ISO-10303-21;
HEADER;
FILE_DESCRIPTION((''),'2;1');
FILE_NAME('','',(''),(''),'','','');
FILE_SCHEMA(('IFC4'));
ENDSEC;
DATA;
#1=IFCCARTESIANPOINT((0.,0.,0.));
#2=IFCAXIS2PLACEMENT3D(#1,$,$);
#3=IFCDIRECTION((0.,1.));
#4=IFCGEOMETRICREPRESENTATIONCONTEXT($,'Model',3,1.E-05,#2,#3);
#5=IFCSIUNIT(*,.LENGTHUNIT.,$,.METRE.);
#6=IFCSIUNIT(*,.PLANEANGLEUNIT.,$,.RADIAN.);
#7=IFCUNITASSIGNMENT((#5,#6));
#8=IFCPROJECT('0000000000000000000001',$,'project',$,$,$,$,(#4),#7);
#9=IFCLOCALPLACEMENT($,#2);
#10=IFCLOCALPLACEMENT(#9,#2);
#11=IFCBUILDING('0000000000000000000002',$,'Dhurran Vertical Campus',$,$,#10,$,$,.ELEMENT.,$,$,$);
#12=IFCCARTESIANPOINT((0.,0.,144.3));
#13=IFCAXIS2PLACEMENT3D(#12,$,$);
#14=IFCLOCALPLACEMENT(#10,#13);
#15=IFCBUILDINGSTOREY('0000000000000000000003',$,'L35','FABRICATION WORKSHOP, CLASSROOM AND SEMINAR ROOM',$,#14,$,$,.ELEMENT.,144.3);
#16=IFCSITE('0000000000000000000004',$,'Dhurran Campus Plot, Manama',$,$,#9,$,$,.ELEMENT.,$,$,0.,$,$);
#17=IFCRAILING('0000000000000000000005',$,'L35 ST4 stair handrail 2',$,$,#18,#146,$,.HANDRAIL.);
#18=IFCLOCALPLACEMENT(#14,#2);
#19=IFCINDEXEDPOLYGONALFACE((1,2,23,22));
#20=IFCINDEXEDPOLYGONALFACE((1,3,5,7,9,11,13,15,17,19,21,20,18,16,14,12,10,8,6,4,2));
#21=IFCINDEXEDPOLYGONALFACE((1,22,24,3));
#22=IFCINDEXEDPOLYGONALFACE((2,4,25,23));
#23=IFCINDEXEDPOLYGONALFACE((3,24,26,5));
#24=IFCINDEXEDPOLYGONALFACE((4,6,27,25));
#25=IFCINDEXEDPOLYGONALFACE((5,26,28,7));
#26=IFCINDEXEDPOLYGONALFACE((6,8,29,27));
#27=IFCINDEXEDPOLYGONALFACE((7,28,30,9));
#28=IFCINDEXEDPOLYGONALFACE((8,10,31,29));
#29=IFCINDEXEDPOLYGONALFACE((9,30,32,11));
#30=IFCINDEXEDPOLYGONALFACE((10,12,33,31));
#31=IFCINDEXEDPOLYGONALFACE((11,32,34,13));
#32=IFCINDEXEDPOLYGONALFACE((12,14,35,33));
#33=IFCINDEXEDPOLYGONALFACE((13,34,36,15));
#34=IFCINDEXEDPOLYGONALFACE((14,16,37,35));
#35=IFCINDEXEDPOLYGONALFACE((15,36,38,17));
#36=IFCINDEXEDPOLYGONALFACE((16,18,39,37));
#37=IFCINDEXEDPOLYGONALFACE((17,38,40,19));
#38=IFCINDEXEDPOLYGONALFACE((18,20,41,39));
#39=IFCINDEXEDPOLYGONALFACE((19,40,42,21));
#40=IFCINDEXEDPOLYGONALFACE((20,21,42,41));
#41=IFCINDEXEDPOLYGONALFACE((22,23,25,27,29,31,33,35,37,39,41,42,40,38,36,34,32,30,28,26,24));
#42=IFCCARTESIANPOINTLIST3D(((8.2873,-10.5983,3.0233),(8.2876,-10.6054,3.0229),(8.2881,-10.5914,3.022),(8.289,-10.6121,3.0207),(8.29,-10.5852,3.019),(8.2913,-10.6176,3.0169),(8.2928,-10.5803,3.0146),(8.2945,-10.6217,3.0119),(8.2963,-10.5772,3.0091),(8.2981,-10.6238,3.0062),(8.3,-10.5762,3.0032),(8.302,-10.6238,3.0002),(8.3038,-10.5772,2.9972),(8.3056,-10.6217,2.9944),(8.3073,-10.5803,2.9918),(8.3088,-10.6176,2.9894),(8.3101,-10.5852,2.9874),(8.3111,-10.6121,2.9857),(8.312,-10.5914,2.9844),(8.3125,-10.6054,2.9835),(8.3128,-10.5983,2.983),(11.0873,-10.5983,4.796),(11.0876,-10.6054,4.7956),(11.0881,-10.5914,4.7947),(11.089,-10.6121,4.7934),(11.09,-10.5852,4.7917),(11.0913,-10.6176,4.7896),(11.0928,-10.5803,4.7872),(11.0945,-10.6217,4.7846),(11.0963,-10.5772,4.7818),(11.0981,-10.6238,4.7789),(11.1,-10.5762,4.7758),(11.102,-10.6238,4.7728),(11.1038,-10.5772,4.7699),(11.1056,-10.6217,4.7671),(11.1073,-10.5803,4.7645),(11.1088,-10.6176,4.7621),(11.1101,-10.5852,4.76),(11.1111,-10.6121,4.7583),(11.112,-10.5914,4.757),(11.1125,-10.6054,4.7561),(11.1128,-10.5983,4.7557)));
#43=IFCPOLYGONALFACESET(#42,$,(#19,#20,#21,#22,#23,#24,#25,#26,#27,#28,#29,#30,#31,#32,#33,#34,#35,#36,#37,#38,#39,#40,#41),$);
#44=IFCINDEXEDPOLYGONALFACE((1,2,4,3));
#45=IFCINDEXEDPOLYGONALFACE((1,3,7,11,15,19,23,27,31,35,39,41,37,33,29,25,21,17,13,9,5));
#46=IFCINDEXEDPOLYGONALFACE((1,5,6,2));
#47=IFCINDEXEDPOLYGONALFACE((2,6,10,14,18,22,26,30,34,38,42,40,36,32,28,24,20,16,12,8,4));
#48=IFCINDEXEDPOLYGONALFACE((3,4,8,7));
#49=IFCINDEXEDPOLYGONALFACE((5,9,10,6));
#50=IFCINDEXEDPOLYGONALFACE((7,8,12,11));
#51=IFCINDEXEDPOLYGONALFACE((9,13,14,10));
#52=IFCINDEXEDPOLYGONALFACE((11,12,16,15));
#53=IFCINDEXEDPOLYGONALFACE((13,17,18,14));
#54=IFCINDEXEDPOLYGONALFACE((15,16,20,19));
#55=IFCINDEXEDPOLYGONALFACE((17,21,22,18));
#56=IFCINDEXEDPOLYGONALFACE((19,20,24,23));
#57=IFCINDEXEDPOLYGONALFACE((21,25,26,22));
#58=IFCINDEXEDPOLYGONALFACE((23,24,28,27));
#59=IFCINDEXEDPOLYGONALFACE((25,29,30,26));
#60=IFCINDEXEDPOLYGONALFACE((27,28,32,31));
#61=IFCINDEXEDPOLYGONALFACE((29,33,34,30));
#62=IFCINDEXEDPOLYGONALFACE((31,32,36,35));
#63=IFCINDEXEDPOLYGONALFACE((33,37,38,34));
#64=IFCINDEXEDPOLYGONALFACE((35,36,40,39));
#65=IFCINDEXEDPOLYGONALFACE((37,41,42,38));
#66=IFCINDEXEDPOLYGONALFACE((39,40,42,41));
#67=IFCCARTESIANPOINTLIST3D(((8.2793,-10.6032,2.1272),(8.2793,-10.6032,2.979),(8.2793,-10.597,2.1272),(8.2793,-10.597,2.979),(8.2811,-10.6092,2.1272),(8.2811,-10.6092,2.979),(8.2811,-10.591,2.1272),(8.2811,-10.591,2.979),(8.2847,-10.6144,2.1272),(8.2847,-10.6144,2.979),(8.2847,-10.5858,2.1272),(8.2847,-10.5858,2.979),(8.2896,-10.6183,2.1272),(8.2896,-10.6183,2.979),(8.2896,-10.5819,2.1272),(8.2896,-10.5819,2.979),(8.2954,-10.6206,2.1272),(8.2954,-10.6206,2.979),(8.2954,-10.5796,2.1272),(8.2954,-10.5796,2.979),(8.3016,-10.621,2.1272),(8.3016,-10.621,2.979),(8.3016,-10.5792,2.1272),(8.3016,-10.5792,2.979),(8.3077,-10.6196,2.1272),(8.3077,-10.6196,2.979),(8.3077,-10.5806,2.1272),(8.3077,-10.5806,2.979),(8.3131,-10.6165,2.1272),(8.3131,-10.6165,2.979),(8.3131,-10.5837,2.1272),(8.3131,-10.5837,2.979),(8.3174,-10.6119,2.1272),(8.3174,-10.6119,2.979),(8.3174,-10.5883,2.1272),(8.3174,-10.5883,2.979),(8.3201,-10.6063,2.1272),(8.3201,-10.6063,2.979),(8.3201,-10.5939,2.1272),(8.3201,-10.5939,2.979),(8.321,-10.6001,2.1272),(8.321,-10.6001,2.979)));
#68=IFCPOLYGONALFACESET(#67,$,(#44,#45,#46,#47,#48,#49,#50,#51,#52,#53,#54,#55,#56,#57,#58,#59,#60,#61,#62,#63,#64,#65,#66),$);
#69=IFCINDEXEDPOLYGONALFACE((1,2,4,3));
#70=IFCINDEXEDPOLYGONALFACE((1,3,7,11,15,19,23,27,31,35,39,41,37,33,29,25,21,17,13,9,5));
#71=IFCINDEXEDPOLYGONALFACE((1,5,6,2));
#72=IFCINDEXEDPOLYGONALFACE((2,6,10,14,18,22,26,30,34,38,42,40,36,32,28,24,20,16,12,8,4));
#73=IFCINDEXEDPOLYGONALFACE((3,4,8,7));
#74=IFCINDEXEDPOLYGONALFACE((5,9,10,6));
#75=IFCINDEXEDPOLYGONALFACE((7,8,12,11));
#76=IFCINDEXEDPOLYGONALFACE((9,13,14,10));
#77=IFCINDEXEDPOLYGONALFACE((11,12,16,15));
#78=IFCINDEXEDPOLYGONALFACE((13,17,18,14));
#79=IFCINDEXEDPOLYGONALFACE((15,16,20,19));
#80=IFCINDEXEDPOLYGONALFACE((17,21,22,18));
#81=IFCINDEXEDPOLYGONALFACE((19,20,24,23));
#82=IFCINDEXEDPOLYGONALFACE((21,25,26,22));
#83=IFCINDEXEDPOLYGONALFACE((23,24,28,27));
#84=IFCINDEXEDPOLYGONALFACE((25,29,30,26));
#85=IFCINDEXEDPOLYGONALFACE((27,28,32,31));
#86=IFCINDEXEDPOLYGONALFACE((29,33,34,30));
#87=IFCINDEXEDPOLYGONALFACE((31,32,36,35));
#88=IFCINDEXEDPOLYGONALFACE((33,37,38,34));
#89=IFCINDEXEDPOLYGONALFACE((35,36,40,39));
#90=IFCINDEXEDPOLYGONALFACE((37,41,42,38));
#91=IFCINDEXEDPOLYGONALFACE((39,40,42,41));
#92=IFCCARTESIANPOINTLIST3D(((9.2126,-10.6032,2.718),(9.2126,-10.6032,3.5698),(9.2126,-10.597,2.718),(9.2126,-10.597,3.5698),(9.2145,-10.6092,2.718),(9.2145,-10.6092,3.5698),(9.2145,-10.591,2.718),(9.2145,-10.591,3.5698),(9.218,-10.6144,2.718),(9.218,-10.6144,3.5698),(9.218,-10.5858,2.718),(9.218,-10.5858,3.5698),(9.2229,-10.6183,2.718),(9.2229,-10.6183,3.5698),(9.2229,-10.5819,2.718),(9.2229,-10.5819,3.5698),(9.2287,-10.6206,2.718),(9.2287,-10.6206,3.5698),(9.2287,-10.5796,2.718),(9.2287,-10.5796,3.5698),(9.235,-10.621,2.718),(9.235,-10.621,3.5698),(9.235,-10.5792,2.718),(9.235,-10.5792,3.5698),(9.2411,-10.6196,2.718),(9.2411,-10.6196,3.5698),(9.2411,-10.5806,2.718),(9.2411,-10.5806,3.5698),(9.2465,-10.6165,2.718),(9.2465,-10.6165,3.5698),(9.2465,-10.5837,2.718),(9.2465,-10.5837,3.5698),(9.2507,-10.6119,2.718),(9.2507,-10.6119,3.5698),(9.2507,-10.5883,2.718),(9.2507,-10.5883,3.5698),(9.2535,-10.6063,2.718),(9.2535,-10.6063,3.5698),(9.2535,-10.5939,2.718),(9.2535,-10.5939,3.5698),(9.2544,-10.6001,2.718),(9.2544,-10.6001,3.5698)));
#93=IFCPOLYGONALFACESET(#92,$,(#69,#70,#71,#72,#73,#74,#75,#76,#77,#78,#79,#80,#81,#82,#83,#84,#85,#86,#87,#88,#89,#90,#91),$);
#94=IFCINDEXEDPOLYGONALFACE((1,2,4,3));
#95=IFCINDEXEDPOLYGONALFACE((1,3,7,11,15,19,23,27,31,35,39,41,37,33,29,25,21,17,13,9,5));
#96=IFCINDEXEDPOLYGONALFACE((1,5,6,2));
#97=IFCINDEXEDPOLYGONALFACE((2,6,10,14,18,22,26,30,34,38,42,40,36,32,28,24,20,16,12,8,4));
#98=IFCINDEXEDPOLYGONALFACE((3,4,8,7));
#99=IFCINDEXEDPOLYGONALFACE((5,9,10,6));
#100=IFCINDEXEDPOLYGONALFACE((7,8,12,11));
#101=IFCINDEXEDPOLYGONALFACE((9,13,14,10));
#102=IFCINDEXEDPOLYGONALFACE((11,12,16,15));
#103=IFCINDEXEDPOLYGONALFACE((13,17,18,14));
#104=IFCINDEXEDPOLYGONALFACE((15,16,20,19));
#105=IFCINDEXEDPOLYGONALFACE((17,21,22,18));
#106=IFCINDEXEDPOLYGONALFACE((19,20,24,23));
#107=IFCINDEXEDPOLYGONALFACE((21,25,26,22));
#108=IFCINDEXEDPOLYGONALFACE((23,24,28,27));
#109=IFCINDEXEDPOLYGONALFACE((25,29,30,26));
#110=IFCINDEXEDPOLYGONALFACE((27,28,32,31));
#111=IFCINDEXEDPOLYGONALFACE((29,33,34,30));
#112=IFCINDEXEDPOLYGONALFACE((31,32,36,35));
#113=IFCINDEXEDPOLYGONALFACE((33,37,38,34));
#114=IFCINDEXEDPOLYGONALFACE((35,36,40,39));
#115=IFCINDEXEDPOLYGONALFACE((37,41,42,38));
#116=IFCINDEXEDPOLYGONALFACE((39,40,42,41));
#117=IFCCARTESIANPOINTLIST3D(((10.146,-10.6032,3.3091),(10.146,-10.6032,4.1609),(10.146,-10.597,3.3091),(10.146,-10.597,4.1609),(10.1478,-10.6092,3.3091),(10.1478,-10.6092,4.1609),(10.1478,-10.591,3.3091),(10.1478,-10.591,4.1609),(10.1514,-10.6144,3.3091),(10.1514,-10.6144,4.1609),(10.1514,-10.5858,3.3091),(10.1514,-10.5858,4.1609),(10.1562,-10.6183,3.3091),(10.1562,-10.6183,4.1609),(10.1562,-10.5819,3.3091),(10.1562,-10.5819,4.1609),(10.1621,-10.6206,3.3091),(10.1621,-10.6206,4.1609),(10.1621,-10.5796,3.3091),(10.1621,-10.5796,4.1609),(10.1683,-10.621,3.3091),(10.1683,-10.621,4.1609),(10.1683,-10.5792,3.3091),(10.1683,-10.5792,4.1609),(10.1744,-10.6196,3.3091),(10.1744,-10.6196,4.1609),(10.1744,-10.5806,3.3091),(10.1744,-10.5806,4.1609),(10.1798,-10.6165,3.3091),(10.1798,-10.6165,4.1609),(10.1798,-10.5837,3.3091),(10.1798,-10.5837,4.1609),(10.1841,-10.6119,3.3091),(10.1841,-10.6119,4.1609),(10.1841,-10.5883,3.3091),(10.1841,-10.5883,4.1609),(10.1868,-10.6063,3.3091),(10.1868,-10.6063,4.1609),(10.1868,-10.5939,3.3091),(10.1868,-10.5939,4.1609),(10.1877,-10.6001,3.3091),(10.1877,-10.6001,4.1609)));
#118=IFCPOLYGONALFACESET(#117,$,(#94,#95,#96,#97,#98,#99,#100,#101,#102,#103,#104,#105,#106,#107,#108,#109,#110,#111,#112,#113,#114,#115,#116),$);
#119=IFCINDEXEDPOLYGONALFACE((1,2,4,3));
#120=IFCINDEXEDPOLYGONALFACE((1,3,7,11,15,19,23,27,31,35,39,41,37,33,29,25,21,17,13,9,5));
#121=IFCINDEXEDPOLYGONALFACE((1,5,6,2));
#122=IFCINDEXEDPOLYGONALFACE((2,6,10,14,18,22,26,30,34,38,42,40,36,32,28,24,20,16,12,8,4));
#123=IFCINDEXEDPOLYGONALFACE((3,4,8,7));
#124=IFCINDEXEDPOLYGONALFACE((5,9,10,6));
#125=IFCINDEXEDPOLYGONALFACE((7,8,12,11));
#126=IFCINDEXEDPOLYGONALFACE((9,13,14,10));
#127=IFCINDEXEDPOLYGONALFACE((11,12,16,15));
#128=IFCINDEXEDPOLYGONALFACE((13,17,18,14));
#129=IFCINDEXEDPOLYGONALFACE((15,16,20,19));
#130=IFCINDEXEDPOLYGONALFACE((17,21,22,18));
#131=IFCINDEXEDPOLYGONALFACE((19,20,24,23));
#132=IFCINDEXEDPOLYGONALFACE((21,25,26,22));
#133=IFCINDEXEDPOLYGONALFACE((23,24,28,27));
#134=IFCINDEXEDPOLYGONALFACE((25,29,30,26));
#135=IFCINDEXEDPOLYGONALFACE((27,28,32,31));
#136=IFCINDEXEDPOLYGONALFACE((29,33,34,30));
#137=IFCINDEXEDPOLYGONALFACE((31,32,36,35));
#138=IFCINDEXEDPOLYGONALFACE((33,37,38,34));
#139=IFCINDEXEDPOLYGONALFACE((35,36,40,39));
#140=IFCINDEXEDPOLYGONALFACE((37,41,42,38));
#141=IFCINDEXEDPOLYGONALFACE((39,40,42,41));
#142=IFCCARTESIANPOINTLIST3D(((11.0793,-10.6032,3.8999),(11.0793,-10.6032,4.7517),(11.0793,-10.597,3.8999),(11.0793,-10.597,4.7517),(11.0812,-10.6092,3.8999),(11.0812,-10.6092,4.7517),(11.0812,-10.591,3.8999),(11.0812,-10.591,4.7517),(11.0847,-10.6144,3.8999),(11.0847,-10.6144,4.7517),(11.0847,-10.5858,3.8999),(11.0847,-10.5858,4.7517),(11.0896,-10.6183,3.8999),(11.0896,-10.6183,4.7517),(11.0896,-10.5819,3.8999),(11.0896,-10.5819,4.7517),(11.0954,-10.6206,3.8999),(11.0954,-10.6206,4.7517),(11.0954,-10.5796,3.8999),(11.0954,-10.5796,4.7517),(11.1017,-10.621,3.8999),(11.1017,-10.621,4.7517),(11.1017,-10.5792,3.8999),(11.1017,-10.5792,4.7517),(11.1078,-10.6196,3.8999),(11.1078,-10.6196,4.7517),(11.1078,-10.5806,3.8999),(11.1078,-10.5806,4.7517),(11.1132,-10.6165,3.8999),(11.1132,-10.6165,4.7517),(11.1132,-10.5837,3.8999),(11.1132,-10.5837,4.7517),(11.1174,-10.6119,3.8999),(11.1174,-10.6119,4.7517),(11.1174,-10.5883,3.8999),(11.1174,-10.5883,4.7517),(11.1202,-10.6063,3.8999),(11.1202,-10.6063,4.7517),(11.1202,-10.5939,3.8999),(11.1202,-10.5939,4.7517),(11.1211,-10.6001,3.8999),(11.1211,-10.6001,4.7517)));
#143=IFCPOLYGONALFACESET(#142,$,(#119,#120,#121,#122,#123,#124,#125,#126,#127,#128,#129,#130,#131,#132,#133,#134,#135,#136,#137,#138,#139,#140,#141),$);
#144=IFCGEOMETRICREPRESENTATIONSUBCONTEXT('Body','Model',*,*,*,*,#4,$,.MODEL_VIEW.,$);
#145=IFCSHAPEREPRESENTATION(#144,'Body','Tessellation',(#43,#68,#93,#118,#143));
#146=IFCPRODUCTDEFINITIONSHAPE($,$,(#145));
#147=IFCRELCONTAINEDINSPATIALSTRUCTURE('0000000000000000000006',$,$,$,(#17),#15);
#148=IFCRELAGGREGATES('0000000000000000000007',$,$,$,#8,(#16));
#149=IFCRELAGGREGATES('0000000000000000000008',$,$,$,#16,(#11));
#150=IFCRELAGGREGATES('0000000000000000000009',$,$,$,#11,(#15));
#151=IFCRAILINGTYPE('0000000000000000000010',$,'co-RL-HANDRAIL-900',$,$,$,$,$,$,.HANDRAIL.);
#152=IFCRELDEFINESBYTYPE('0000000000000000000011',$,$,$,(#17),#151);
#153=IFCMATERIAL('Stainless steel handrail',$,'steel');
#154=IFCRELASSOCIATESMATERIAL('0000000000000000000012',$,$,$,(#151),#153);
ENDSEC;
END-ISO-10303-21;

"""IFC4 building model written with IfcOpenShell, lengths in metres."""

from ifc_helpers import new_model, si_unit, direction, frame, origin, origin_2d, place, context, subcontext, project, spatial, circle, extrude, material, type_object, element, save


model = new_model("IFC4")

# Units and contexts
model_context = context("Model", 3, precision=1e-05, world=origin(), true_north=direction((0.0, 1.0)))
body_context = subcontext(model_context, "Body", "Model", "MODEL_VIEW")
ifc_project = project(units=[si_unit("LENGTHUNIT", "METRE"), si_unit("PLANEANGLEUNIT", "RADIAN")], contexts=[model_context])

# Site, building, storey
site_placement = place(None, origin())
site = spatial("IfcSite", under=ifc_project, at=site_placement, Name="Dhurran Campus Plot, Manama", CompositionType="ELEMENT", RefElevation=0.0)
building_placement = place(site_placement, origin())
building = spatial("IfcBuilding", under=site, at=building_placement, Name="Dhurran Vertical Campus", CompositionType="ELEMENT")
storey_placement = place(building_placement, frame((0.0, 0.0, 144.3)))
storey = spatial("IfcBuildingStorey", under=building, at=storey_placement, Name="L35", Description="FABRICATION WORKSHOP, CLASSROOM AND SEMINAR ROOM", CompositionType="ELEMENT", Elevation=144.3)

# Railing
ifc_material_1 = material(Name="Stainless steel handrail", Category="steel")
railing_type = type_object("IfcRailingType", Name="co-RL-HANDRAIL-900", PredefinedType="HANDRAIL", material=ifc_material_1)
railing_placement = place(storey_placement, frame((8.3, -10.6001, 2.1272)))
element("IfcRailing", 1, at=railing_placement, inside=storey, type_object=railing_type, Name="L35 ST4 stair handrail 2", PredefinedType="HANDRAIL", context=body_context, shape_type="SweptSolid", body=[
    extrude(circle(Radius=0.0239, at=origin_2d()), frame((0.0, 0.0, 0.876), z_axis=(0.844909, 0.0, 0.53491), x_axis=(0.0, 1.0, 0.0)), (0.0, 0.0, 1.0), 3.314),
    extrude(circle(Radius=0.021, at=origin_2d()), origin(), (0.0, 0.0, 1.0), 0.8518),
    extrude(circle(Radius=0.021, at=origin_2d()), frame((0.9333, 0.0, 0.5908)), (0.0, 0.0, 1.0), 0.8518),
    extrude(circle(Radius=0.021, at=origin_2d()), frame((1.8667, 0.0, 1.1819)), (0.0, 0.0, 1.0), 0.8518),
    extrude(circle(Radius=0.021, at=origin_2d()), frame((2.8, 0.0, 1.7727)), (0.0, 0.0, 1.0), 0.8518),
])

save(model, "model.ifc")
